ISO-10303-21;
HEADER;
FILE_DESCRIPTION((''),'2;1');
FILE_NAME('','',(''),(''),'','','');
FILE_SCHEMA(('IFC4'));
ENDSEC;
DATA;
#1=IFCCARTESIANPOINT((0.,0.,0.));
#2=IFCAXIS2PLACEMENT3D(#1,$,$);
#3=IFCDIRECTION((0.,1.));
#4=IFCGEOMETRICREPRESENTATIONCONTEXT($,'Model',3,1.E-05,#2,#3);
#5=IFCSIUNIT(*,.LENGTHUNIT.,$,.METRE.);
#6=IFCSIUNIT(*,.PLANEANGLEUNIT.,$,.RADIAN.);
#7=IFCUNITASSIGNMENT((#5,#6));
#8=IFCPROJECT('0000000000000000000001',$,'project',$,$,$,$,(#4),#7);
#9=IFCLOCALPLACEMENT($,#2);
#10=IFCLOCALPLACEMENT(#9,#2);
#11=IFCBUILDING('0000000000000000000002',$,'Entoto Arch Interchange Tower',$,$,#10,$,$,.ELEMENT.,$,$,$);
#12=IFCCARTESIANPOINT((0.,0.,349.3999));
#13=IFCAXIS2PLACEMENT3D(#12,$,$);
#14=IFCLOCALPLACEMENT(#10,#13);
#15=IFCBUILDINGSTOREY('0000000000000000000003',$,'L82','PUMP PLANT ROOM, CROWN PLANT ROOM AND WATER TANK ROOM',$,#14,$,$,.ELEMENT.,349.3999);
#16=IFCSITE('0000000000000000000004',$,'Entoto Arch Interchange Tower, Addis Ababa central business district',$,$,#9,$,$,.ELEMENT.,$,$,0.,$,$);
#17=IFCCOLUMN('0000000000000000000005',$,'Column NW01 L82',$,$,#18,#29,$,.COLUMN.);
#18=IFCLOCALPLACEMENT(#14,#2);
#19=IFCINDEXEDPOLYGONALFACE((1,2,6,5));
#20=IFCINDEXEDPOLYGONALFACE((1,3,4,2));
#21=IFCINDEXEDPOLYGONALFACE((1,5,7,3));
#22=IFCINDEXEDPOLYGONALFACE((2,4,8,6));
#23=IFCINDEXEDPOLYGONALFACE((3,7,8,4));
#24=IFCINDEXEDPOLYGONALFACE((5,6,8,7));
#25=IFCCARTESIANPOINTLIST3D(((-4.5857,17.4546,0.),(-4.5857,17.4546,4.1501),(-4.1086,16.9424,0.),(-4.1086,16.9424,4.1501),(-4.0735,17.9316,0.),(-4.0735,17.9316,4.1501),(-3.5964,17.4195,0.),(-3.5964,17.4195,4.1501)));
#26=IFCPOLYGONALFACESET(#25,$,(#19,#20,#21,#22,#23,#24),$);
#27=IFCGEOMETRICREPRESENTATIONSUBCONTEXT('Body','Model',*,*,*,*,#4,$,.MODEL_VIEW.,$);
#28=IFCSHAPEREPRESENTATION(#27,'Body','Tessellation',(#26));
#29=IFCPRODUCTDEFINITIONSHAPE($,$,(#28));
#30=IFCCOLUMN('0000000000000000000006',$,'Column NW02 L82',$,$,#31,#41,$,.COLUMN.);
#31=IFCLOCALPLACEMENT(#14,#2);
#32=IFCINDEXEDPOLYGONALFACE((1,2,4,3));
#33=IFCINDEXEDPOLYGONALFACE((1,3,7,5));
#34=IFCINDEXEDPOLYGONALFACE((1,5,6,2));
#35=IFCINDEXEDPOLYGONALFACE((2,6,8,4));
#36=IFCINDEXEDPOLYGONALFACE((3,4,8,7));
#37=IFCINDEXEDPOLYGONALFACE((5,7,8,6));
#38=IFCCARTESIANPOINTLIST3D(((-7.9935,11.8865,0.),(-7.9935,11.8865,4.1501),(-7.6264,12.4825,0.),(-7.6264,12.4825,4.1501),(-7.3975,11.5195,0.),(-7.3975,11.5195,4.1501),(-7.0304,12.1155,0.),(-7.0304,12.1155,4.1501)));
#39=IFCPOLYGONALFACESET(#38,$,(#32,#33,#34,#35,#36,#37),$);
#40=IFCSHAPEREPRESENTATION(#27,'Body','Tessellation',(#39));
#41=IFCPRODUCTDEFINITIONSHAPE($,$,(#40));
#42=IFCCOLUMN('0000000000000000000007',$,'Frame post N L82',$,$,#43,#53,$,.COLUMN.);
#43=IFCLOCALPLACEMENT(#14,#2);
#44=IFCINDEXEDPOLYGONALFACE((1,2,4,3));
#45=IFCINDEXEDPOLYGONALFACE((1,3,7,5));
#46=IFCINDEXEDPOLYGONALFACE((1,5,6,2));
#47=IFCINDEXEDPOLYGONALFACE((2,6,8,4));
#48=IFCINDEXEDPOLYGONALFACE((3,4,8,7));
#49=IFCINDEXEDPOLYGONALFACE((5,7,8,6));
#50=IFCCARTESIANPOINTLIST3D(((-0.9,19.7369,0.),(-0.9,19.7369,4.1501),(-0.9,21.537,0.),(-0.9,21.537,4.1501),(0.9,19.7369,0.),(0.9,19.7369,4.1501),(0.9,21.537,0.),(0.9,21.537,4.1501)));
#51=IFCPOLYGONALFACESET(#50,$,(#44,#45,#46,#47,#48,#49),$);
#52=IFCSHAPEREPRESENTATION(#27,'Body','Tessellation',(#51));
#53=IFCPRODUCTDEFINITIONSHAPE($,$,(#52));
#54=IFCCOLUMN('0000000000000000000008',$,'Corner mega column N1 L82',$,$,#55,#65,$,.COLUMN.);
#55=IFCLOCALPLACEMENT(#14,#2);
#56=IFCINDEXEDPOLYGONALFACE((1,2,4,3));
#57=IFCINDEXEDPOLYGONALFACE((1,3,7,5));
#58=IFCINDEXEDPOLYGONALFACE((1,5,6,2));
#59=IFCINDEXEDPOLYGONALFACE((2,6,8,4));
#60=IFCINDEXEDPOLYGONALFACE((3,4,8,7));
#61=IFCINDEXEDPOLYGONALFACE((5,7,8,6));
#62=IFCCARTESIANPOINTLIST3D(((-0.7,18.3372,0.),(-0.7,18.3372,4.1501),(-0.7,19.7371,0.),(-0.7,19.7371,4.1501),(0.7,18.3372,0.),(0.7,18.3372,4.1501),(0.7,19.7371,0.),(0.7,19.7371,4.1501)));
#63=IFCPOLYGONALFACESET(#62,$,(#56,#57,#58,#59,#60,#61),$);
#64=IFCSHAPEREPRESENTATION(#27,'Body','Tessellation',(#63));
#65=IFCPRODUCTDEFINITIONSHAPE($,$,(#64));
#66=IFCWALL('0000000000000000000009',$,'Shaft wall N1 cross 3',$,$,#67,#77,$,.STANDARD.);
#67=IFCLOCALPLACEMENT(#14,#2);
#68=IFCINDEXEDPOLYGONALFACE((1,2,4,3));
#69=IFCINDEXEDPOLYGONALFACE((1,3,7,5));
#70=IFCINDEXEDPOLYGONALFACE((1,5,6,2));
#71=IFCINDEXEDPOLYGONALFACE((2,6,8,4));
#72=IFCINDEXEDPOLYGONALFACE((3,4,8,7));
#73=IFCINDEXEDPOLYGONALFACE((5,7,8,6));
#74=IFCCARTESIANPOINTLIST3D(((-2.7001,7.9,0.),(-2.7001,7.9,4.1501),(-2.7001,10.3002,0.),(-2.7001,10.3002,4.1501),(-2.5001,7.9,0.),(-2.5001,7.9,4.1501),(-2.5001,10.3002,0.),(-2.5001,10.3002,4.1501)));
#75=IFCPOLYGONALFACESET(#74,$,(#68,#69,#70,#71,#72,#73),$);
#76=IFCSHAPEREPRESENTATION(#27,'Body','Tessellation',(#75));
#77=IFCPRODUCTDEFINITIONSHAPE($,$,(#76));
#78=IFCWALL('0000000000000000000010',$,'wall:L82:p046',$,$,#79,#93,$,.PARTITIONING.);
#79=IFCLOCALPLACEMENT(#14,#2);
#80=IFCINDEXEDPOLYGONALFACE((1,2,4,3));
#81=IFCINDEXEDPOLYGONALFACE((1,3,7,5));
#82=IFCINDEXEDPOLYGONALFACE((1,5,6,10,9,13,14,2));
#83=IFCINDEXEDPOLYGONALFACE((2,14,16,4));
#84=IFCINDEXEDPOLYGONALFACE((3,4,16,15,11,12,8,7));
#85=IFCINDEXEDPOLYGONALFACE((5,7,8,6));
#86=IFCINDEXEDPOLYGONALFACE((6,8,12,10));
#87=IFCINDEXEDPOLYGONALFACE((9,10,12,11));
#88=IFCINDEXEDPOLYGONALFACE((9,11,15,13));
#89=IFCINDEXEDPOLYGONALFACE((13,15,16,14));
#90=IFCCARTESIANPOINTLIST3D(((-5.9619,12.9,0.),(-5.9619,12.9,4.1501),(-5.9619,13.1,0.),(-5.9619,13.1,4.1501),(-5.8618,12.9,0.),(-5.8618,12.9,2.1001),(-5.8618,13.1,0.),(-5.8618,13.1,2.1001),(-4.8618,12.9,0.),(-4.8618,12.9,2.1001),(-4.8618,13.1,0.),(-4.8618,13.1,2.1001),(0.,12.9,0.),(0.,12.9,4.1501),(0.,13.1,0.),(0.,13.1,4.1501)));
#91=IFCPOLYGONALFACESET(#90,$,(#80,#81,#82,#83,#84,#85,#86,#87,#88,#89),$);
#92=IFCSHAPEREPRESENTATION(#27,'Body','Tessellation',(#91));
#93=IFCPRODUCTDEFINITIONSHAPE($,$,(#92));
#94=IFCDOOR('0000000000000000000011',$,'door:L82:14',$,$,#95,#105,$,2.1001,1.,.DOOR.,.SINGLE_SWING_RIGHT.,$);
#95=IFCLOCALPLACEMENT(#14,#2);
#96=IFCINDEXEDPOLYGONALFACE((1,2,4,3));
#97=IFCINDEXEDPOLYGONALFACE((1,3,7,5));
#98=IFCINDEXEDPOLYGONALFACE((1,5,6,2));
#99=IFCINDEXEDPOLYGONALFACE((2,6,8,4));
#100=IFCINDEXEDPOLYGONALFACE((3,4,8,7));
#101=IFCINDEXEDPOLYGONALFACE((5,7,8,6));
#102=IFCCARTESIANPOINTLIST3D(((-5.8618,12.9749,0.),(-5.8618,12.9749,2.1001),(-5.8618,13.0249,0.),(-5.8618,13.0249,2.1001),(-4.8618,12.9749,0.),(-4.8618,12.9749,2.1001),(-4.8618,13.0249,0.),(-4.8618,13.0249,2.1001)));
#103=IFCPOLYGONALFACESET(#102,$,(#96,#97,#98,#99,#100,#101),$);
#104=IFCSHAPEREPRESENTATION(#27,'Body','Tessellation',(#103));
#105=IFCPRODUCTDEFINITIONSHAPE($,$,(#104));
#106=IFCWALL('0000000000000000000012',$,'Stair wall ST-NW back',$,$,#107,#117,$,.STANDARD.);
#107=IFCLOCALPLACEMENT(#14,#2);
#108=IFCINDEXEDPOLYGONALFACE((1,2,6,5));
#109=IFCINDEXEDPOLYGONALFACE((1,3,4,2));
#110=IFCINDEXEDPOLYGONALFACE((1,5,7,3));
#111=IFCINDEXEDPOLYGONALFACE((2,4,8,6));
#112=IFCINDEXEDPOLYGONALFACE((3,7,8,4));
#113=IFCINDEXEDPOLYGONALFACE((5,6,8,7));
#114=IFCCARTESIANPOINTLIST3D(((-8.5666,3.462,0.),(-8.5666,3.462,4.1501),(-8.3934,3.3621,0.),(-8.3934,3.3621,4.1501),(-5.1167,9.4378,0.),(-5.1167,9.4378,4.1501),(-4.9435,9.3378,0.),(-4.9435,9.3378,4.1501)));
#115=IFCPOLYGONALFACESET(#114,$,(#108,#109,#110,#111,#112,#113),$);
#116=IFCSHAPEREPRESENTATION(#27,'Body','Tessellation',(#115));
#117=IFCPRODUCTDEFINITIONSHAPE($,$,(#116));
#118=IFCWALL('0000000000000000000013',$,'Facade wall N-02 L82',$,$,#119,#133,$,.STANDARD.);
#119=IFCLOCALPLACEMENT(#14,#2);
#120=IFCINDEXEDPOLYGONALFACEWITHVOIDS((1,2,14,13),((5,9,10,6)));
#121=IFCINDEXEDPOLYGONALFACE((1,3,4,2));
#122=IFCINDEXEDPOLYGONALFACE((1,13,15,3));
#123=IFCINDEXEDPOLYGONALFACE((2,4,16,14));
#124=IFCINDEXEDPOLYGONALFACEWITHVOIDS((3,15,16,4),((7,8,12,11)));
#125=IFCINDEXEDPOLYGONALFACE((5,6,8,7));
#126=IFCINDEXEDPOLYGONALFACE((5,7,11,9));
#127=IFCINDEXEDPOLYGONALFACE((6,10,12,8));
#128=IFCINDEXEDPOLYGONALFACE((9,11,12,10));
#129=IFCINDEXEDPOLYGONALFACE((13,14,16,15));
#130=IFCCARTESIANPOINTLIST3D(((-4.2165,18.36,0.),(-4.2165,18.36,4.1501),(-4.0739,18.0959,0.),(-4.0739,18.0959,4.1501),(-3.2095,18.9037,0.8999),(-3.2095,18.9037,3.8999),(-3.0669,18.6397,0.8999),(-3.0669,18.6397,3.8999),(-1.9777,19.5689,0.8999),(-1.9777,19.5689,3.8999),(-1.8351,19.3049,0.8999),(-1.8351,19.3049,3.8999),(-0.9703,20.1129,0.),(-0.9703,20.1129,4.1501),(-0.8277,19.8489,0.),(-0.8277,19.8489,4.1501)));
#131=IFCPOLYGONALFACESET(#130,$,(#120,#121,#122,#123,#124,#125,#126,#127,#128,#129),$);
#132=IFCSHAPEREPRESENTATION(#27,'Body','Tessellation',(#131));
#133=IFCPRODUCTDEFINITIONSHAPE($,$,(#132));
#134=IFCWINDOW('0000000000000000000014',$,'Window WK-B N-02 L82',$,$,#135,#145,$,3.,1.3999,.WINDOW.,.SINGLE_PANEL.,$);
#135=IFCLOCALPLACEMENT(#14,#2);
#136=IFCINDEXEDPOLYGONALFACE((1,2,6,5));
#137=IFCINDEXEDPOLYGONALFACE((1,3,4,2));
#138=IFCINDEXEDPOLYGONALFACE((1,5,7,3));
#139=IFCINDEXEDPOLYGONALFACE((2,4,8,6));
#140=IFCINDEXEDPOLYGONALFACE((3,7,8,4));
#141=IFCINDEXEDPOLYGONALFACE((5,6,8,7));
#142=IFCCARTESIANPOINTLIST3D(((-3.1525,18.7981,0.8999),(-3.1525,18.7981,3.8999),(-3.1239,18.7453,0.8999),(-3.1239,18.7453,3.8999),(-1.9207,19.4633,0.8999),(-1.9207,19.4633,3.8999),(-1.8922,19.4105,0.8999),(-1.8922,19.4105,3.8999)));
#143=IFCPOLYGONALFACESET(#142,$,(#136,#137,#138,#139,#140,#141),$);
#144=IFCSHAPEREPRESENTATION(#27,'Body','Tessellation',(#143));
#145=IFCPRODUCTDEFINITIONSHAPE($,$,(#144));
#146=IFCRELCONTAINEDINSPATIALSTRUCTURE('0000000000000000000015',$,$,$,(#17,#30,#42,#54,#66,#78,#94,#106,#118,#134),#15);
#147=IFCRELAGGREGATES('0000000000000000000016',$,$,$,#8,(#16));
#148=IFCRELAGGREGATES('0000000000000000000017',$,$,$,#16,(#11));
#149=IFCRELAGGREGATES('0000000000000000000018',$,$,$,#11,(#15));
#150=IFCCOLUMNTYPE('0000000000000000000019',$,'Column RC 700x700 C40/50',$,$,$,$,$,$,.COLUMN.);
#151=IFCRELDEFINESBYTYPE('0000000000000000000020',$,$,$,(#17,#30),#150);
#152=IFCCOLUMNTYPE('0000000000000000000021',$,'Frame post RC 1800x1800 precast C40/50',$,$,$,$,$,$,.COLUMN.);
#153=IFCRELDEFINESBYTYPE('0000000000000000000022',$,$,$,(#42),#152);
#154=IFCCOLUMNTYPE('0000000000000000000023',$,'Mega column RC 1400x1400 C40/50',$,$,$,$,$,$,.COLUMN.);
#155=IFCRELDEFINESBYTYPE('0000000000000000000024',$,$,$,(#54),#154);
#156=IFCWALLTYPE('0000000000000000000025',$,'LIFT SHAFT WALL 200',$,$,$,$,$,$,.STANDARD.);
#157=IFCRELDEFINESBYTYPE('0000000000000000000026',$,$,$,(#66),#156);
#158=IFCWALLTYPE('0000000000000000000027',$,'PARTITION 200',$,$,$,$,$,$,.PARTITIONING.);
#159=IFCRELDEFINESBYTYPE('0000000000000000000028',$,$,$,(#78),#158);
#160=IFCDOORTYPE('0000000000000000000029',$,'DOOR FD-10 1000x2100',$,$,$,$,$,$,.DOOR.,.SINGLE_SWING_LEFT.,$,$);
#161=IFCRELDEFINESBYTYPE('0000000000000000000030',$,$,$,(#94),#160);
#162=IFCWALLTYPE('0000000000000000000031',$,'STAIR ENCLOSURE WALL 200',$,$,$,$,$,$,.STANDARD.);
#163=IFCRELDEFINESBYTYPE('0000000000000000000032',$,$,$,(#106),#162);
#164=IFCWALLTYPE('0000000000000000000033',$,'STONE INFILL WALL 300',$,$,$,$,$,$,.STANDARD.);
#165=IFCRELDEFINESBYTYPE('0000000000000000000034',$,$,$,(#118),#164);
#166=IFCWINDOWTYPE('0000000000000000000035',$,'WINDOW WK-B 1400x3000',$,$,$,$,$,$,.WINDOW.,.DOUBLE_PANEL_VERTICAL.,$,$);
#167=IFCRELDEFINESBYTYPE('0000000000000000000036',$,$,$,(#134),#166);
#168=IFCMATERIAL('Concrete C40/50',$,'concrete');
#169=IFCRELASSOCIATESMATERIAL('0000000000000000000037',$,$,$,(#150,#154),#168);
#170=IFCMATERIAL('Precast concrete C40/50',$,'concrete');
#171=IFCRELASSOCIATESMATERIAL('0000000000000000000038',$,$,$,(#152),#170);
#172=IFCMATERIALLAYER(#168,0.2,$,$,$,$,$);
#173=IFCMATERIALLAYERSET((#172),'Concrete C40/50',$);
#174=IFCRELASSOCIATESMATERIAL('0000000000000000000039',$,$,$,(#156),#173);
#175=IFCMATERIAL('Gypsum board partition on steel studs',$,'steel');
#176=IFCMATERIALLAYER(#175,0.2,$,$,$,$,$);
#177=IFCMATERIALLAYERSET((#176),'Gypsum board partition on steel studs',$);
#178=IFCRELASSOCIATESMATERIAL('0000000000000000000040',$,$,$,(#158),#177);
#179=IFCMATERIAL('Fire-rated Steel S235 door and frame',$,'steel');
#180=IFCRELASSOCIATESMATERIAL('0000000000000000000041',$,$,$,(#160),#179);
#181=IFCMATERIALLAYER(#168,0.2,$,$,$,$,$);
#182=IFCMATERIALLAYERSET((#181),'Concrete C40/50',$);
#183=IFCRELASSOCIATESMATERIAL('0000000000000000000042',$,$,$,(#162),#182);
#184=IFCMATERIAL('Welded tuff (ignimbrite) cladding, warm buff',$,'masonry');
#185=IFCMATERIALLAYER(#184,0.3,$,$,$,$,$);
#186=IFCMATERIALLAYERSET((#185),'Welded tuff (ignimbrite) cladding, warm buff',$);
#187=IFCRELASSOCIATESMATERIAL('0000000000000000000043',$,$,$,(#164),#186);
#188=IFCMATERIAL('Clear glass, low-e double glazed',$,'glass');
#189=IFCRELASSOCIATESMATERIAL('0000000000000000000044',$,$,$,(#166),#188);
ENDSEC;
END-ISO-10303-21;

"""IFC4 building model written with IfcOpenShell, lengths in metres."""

from ifc_helpers import new_model, si_unit, direction, frame, frame_2d, origin, origin_2d, place, context, subcontext, project, spatial, rectangle, extrude, material, layer, layer_set, material_profile, profile_set, type_object, element, fill, save


model = new_model("IFC4")

# Units and contexts
model_context = context("Model", 3, precision=1e-05, world=origin(), true_north=direction((0.0, 1.0)))
body_context = subcontext(model_context, "Body", "Model", "MODEL_VIEW")
ifc_project = project(units=[si_unit("LENGTHUNIT", "METRE"), si_unit("PLANEANGLEUNIT", "RADIAN")], contexts=[model_context])

# Site, building, storey
site_placement = place(None, origin())
site = spatial("IfcSite", under=ifc_project, at=site_placement, Name="Entoto Arch Interchange Tower, Addis Ababa central business district", CompositionType="ELEMENT", RefElevation=0.0)
building_placement = place(site_placement, origin())
building = spatial("IfcBuilding", under=site, at=building_placement, Name="Entoto Arch Interchange Tower", CompositionType="ELEMENT")
storey_placement = place(building_placement, frame((0.0, 0.0, 349.3999)))
storey = spatial("IfcBuildingStorey", under=building, at=storey_placement, Name="L82", Description="PUMP PLANT ROOM, CROWN PLANT ROOM AND WATER TANK ROOM", CompositionType="ELEMENT", Elevation=349.3999)

# Columns
ifc_material_1 = material(Name="Concrete C40/50", Category="concrete")
ifc_material_profile_1 = material_profile(ifc_material_1, rectangle(XDim=0.7, YDim=0.7, at=origin_2d()))
ifc_profile_set_1 = profile_set([ifc_material_profile_1], Name="Concrete C40/50")
column_type_1 = type_object("IfcColumnType", Name="Column RC 700x700 C40/50", PredefinedType="COLUMN", material=ifc_profile_set_1)
for number, where, z_axis, x_axis, name in (
    (1, (-4.0911, 17.437, 0.0), (0.0, 0.0, 1.0), (0.731734, 0.68159, 0.0), "Column NW01 L82"),
    (2, (-7.512, 12.001, 0.0), (0.0, 0.0, 1.0), (0.524372, 0.851489, 0.0), "Column NW02 L82"),
):
    element("IfcColumn", number, at=place(storey_placement, frame(where, z_axis=z_axis, x_axis=x_axis)), inside=storey, type_object=column_type_1, Name=name, PredefinedType="COLUMN", context=body_context, shape_type="SweptSolid", body=[
        extrude(rectangle(XDim=0.7, YDim=0.7, at=origin_2d()), origin(), (0.0, 0.0, 1.0), 4.1501),
    ])
ifc_material_2 = material(Name="Precast concrete C40/50", Category="concrete")
ifc_material_profile_2 = material_profile(ifc_material_2, rectangle(XDim=1.8, YDim=1.8, at=origin_2d()))
ifc_profile_set_2 = profile_set([ifc_material_profile_2], Name="Precast concrete C40/50")
column_type_2 = type_object("IfcColumnType", Name="Frame post RC 1800x1800 precast C40/50", PredefinedType="COLUMN", material=ifc_profile_set_2)
column_1_placement = place(storey_placement, frame((0.0, 20.637, 0.0), z_axis=(0.0, 0.0, 1.0), x_axis=(0.0, 1.0, 0.0)))
element("IfcColumn", 3, at=column_1_placement, inside=storey, type_object=column_type_2, Name="Frame post N L82", PredefinedType="COLUMN", context=body_context, shape_type="SweptSolid", body=[
    extrude(rectangle(XDim=1.8, YDim=1.8, at=origin_2d()), origin(), (0.0, 0.0, 1.0), 4.1501),
])
ifc_material_profile_3 = material_profile(ifc_material_1, rectangle(XDim=1.3999, YDim=1.3999, at=origin_2d()))
ifc_profile_set_3 = profile_set([ifc_material_profile_3], Name="Concrete C40/50")
column_type_3 = type_object("IfcColumnType", Name="Mega column RC 1400x1400 C40/50", PredefinedType="COLUMN", material=ifc_profile_set_3)
column_2_placement = place(storey_placement, frame((0.0, 19.0371, 0.0), z_axis=(0.0, 0.0, 1.0), x_axis=(0.0, 1.0, 0.0)))
element("IfcColumn", 4, at=column_2_placement, inside=storey, type_object=column_type_3, Name="Corner mega column N1 L82", PredefinedType="COLUMN", context=body_context, shape_type="SweptSolid", body=[
    extrude(rectangle(XDim=1.3999, YDim=1.3999, at=origin_2d()), origin(), (0.0, 0.0, 1.0), 4.1501),
])

# Wall
ifc_layer_1 = layer(ifc_material_1, 0.2)
ifc_layer_set_1 = layer_set([ifc_layer_1], Name="Concrete C40/50")
wall_type_1 = type_object("IfcWallType", Name="LIFT SHAFT WALL 200", PredefinedType="STANDARD", material=ifc_layer_set_1)
wall_1_placement = place(storey_placement, frame((-2.6001, 7.8999, 0.0), z_axis=(0.0, 0.0, 1.0), x_axis=(0.0, 1.0, 0.0)))
element("IfcWall", 5, at=wall_1_placement, inside=storey, type_object=wall_type_1, Name="Shaft wall N1 cross 3", PredefinedType="STANDARD", context=body_context, shape_type="SweptSolid", body=[
    extrude(rectangle(XDim=2.4001, YDim=0.2, at=frame_2d((1.2002, 0.0))), origin(), (0.0, 0.0, 1.0), 4.1501),
])

# Wall, opening, door
ifc_material_3 = material(Name="Gypsum board partition on steel studs", Category="steel")
ifc_layer_2 = layer(ifc_material_3, 0.2)
ifc_layer_set_2 = layer_set([ifc_layer_2], Name="Gypsum board partition on steel studs")
wall_type_2 = type_object("IfcWallType", Name="PARTITION 200", PredefinedType="PARTITIONING", material=ifc_layer_set_2)
wall_2_placement = place(storey_placement, frame((-5.9619, 13.0, 0.0), z_axis=(0.0, 0.0, 1.0), x_axis=(1.0, 0.0, 0.0)))
wall_2 = element("IfcWall", 6, at=wall_2_placement, inside=storey, type_object=wall_type_2, Name="wall:L82:p046", PredefinedType="PARTITIONING", context=body_context, shape_type="SweptSolid", body=[
    extrude(rectangle(XDim=5.9619, YDim=0.2, at=frame_2d((2.981, 0.0))), origin(), (0.0, 0.0, 1.0), 4.1501),
])
opening_1_placement = place(wall_2_placement, frame((0.1001, 0.0, 0.0)))
opening_1 = element("IfcOpeningElement", 7, at=opening_1_placement, cuts=wall_2, PredefinedType="OPENING", context=body_context, shape_type="SweptSolid", body=[
    extrude(rectangle(XDim=1.0, YDim=2.1001, at=frame_2d((0.5, 1.05))), frame((0.0, 0.1099, 0.0), z_axis=(0.0, -1.0, 0.0), x_axis=(1.0, 0.0, 0.0)), (0.0, 0.0, 1.0), 0.22),
])
ifc_material_4 = material(Name="Fire-rated Steel S235 door and frame", Category="steel")
door_type_1 = type_object("IfcDoorType", Name="DOOR FD-10 1000x2100", OperationType="SINGLE_SWING_LEFT", PredefinedType="DOOR", material=ifc_material_4)
door_1_placement = place(opening_1_placement, origin())
door_1 = element("IfcDoor", 8, at=door_1_placement, inside=storey, type_object=door_type_1, Name="door:L82:14", OperationType="SINGLE_SWING_RIGHT", OverallHeight=2.1001, OverallWidth=1.0, PredefinedType="DOOR", context=body_context, shape_type="SweptSolid", body=[
    extrude(rectangle(XDim=1.0, YDim=2.1001, at=frame_2d((0.5, 1.05))), frame((0.0, 0.0249, 0.0), z_axis=(0.0, -1.0, 0.0), x_axis=(1.0, 0.0, 0.0)), (0.0, 0.0, 1.0), 0.05),
])
fill(opening_1, door_1)

# Wall
ifc_layer_3 = layer(ifc_material_1, 0.2)
ifc_layer_set_3 = layer_set([ifc_layer_3], Name="Concrete C40/50")
wall_type_3 = type_object("IfcWallType", Name="STAIR ENCLOSURE WALL 200", PredefinedType="STANDARD", material=ifc_layer_set_3)
wall_3_placement = place(storey_placement, frame((-5.03, 9.3879, 0.0), z_axis=(0.0, 0.0, 1.0), x_axis=(-0.499979, -0.866038, 0.0)))
element("IfcWall", 9, at=wall_3_placement, inside=storey, type_object=wall_type_3, Name="Stair wall ST-NW back", PredefinedType="STANDARD", context=body_context, shape_type="SweptSolid", body=[
    extrude(rectangle(XDim=6.9001, YDim=0.2, at=frame_2d((3.4502, 0.0))), origin(), (0.0, 0.0, 1.0), 4.1501),
])

# Wall, opening, window
ifc_material_5 = material(Name="Welded tuff (ignimbrite) cladding, warm buff", Category="masonry")
ifc_layer_4 = layer(ifc_material_5, 0.3)
ifc_layer_set_4 = layer_set([ifc_layer_4], Name="Welded tuff (ignimbrite) cladding, warm buff")
wall_type_4 = type_object("IfcWallType", Name="STONE INFILL WALL 300", PredefinedType="STANDARD", material=ifc_layer_set_4)
wall_4_placement = place(storey_placement, frame((-0.8989, 19.981, 0.0), z_axis=(0.0, 0.0, 1.0), x_axis=(-0.879901, -0.475157, 0.0)))
wall_4 = element("IfcWall", 10, at=wall_4_placement, inside=storey, type_object=wall_type_4, Name="Facade wall N-02 L82", PredefinedType="STANDARD", context=body_context, shape_type="SweptSolid", body=[
    extrude(rectangle(XDim=3.6892, YDim=0.3, at=frame_2d((1.8447, 0.0))), origin(), (0.0, 0.0, 1.0), 4.1501),
])
opening_2_placement = place(wall_4_placement, frame((1.145, 0.0, 0.8999)))
opening_2 = element("IfcOpeningElement", 11, at=opening_2_placement, cuts=wall_4, PredefinedType="OPENING", context=body_context, shape_type="SweptSolid", body=[
    extrude(rectangle(XDim=1.3999, YDim=3.0, at=frame_2d((0.7, 1.5))), frame((0.0, 0.1602, 0.0), z_axis=(0.0, -1.0, 0.0), x_axis=(1.0, 0.0, 0.0)), (0.0, 0.0, 1.0), 0.3201),
])
ifc_material_6 = material(Name="Clear glass, low-e double glazed", Category="glass")
window_type = type_object("IfcWindowType", Name="WINDOW WK-B 1400x3000", PartitioningType="DOUBLE_PANEL_VERTICAL", PredefinedType="WINDOW", material=ifc_material_6)
window_1_placement = place(opening_2_placement, origin())
window_1 = element("IfcWindow", 12, at=window_1_placement, inside=storey, type_object=window_type, Name="Window WK-B N-02 L82", OverallHeight=3.0, OverallWidth=1.3999, PartitioningType="SINGLE_PANEL", PredefinedType="WINDOW", context=body_context, shape_type="SweptSolid", body=[
    extrude(rectangle(XDim=1.3999, YDim=3.0, at=frame_2d((0.7, 1.5))), frame((0.0, 0.03, 0.0), z_axis=(0.0, -1.0, 0.0), x_axis=(1.0, 0.0, 0.0)), (0.0, 0.0, 1.0), 0.0601),
])
fill(opening_2, window_1)

save(model, "model.ifc")
